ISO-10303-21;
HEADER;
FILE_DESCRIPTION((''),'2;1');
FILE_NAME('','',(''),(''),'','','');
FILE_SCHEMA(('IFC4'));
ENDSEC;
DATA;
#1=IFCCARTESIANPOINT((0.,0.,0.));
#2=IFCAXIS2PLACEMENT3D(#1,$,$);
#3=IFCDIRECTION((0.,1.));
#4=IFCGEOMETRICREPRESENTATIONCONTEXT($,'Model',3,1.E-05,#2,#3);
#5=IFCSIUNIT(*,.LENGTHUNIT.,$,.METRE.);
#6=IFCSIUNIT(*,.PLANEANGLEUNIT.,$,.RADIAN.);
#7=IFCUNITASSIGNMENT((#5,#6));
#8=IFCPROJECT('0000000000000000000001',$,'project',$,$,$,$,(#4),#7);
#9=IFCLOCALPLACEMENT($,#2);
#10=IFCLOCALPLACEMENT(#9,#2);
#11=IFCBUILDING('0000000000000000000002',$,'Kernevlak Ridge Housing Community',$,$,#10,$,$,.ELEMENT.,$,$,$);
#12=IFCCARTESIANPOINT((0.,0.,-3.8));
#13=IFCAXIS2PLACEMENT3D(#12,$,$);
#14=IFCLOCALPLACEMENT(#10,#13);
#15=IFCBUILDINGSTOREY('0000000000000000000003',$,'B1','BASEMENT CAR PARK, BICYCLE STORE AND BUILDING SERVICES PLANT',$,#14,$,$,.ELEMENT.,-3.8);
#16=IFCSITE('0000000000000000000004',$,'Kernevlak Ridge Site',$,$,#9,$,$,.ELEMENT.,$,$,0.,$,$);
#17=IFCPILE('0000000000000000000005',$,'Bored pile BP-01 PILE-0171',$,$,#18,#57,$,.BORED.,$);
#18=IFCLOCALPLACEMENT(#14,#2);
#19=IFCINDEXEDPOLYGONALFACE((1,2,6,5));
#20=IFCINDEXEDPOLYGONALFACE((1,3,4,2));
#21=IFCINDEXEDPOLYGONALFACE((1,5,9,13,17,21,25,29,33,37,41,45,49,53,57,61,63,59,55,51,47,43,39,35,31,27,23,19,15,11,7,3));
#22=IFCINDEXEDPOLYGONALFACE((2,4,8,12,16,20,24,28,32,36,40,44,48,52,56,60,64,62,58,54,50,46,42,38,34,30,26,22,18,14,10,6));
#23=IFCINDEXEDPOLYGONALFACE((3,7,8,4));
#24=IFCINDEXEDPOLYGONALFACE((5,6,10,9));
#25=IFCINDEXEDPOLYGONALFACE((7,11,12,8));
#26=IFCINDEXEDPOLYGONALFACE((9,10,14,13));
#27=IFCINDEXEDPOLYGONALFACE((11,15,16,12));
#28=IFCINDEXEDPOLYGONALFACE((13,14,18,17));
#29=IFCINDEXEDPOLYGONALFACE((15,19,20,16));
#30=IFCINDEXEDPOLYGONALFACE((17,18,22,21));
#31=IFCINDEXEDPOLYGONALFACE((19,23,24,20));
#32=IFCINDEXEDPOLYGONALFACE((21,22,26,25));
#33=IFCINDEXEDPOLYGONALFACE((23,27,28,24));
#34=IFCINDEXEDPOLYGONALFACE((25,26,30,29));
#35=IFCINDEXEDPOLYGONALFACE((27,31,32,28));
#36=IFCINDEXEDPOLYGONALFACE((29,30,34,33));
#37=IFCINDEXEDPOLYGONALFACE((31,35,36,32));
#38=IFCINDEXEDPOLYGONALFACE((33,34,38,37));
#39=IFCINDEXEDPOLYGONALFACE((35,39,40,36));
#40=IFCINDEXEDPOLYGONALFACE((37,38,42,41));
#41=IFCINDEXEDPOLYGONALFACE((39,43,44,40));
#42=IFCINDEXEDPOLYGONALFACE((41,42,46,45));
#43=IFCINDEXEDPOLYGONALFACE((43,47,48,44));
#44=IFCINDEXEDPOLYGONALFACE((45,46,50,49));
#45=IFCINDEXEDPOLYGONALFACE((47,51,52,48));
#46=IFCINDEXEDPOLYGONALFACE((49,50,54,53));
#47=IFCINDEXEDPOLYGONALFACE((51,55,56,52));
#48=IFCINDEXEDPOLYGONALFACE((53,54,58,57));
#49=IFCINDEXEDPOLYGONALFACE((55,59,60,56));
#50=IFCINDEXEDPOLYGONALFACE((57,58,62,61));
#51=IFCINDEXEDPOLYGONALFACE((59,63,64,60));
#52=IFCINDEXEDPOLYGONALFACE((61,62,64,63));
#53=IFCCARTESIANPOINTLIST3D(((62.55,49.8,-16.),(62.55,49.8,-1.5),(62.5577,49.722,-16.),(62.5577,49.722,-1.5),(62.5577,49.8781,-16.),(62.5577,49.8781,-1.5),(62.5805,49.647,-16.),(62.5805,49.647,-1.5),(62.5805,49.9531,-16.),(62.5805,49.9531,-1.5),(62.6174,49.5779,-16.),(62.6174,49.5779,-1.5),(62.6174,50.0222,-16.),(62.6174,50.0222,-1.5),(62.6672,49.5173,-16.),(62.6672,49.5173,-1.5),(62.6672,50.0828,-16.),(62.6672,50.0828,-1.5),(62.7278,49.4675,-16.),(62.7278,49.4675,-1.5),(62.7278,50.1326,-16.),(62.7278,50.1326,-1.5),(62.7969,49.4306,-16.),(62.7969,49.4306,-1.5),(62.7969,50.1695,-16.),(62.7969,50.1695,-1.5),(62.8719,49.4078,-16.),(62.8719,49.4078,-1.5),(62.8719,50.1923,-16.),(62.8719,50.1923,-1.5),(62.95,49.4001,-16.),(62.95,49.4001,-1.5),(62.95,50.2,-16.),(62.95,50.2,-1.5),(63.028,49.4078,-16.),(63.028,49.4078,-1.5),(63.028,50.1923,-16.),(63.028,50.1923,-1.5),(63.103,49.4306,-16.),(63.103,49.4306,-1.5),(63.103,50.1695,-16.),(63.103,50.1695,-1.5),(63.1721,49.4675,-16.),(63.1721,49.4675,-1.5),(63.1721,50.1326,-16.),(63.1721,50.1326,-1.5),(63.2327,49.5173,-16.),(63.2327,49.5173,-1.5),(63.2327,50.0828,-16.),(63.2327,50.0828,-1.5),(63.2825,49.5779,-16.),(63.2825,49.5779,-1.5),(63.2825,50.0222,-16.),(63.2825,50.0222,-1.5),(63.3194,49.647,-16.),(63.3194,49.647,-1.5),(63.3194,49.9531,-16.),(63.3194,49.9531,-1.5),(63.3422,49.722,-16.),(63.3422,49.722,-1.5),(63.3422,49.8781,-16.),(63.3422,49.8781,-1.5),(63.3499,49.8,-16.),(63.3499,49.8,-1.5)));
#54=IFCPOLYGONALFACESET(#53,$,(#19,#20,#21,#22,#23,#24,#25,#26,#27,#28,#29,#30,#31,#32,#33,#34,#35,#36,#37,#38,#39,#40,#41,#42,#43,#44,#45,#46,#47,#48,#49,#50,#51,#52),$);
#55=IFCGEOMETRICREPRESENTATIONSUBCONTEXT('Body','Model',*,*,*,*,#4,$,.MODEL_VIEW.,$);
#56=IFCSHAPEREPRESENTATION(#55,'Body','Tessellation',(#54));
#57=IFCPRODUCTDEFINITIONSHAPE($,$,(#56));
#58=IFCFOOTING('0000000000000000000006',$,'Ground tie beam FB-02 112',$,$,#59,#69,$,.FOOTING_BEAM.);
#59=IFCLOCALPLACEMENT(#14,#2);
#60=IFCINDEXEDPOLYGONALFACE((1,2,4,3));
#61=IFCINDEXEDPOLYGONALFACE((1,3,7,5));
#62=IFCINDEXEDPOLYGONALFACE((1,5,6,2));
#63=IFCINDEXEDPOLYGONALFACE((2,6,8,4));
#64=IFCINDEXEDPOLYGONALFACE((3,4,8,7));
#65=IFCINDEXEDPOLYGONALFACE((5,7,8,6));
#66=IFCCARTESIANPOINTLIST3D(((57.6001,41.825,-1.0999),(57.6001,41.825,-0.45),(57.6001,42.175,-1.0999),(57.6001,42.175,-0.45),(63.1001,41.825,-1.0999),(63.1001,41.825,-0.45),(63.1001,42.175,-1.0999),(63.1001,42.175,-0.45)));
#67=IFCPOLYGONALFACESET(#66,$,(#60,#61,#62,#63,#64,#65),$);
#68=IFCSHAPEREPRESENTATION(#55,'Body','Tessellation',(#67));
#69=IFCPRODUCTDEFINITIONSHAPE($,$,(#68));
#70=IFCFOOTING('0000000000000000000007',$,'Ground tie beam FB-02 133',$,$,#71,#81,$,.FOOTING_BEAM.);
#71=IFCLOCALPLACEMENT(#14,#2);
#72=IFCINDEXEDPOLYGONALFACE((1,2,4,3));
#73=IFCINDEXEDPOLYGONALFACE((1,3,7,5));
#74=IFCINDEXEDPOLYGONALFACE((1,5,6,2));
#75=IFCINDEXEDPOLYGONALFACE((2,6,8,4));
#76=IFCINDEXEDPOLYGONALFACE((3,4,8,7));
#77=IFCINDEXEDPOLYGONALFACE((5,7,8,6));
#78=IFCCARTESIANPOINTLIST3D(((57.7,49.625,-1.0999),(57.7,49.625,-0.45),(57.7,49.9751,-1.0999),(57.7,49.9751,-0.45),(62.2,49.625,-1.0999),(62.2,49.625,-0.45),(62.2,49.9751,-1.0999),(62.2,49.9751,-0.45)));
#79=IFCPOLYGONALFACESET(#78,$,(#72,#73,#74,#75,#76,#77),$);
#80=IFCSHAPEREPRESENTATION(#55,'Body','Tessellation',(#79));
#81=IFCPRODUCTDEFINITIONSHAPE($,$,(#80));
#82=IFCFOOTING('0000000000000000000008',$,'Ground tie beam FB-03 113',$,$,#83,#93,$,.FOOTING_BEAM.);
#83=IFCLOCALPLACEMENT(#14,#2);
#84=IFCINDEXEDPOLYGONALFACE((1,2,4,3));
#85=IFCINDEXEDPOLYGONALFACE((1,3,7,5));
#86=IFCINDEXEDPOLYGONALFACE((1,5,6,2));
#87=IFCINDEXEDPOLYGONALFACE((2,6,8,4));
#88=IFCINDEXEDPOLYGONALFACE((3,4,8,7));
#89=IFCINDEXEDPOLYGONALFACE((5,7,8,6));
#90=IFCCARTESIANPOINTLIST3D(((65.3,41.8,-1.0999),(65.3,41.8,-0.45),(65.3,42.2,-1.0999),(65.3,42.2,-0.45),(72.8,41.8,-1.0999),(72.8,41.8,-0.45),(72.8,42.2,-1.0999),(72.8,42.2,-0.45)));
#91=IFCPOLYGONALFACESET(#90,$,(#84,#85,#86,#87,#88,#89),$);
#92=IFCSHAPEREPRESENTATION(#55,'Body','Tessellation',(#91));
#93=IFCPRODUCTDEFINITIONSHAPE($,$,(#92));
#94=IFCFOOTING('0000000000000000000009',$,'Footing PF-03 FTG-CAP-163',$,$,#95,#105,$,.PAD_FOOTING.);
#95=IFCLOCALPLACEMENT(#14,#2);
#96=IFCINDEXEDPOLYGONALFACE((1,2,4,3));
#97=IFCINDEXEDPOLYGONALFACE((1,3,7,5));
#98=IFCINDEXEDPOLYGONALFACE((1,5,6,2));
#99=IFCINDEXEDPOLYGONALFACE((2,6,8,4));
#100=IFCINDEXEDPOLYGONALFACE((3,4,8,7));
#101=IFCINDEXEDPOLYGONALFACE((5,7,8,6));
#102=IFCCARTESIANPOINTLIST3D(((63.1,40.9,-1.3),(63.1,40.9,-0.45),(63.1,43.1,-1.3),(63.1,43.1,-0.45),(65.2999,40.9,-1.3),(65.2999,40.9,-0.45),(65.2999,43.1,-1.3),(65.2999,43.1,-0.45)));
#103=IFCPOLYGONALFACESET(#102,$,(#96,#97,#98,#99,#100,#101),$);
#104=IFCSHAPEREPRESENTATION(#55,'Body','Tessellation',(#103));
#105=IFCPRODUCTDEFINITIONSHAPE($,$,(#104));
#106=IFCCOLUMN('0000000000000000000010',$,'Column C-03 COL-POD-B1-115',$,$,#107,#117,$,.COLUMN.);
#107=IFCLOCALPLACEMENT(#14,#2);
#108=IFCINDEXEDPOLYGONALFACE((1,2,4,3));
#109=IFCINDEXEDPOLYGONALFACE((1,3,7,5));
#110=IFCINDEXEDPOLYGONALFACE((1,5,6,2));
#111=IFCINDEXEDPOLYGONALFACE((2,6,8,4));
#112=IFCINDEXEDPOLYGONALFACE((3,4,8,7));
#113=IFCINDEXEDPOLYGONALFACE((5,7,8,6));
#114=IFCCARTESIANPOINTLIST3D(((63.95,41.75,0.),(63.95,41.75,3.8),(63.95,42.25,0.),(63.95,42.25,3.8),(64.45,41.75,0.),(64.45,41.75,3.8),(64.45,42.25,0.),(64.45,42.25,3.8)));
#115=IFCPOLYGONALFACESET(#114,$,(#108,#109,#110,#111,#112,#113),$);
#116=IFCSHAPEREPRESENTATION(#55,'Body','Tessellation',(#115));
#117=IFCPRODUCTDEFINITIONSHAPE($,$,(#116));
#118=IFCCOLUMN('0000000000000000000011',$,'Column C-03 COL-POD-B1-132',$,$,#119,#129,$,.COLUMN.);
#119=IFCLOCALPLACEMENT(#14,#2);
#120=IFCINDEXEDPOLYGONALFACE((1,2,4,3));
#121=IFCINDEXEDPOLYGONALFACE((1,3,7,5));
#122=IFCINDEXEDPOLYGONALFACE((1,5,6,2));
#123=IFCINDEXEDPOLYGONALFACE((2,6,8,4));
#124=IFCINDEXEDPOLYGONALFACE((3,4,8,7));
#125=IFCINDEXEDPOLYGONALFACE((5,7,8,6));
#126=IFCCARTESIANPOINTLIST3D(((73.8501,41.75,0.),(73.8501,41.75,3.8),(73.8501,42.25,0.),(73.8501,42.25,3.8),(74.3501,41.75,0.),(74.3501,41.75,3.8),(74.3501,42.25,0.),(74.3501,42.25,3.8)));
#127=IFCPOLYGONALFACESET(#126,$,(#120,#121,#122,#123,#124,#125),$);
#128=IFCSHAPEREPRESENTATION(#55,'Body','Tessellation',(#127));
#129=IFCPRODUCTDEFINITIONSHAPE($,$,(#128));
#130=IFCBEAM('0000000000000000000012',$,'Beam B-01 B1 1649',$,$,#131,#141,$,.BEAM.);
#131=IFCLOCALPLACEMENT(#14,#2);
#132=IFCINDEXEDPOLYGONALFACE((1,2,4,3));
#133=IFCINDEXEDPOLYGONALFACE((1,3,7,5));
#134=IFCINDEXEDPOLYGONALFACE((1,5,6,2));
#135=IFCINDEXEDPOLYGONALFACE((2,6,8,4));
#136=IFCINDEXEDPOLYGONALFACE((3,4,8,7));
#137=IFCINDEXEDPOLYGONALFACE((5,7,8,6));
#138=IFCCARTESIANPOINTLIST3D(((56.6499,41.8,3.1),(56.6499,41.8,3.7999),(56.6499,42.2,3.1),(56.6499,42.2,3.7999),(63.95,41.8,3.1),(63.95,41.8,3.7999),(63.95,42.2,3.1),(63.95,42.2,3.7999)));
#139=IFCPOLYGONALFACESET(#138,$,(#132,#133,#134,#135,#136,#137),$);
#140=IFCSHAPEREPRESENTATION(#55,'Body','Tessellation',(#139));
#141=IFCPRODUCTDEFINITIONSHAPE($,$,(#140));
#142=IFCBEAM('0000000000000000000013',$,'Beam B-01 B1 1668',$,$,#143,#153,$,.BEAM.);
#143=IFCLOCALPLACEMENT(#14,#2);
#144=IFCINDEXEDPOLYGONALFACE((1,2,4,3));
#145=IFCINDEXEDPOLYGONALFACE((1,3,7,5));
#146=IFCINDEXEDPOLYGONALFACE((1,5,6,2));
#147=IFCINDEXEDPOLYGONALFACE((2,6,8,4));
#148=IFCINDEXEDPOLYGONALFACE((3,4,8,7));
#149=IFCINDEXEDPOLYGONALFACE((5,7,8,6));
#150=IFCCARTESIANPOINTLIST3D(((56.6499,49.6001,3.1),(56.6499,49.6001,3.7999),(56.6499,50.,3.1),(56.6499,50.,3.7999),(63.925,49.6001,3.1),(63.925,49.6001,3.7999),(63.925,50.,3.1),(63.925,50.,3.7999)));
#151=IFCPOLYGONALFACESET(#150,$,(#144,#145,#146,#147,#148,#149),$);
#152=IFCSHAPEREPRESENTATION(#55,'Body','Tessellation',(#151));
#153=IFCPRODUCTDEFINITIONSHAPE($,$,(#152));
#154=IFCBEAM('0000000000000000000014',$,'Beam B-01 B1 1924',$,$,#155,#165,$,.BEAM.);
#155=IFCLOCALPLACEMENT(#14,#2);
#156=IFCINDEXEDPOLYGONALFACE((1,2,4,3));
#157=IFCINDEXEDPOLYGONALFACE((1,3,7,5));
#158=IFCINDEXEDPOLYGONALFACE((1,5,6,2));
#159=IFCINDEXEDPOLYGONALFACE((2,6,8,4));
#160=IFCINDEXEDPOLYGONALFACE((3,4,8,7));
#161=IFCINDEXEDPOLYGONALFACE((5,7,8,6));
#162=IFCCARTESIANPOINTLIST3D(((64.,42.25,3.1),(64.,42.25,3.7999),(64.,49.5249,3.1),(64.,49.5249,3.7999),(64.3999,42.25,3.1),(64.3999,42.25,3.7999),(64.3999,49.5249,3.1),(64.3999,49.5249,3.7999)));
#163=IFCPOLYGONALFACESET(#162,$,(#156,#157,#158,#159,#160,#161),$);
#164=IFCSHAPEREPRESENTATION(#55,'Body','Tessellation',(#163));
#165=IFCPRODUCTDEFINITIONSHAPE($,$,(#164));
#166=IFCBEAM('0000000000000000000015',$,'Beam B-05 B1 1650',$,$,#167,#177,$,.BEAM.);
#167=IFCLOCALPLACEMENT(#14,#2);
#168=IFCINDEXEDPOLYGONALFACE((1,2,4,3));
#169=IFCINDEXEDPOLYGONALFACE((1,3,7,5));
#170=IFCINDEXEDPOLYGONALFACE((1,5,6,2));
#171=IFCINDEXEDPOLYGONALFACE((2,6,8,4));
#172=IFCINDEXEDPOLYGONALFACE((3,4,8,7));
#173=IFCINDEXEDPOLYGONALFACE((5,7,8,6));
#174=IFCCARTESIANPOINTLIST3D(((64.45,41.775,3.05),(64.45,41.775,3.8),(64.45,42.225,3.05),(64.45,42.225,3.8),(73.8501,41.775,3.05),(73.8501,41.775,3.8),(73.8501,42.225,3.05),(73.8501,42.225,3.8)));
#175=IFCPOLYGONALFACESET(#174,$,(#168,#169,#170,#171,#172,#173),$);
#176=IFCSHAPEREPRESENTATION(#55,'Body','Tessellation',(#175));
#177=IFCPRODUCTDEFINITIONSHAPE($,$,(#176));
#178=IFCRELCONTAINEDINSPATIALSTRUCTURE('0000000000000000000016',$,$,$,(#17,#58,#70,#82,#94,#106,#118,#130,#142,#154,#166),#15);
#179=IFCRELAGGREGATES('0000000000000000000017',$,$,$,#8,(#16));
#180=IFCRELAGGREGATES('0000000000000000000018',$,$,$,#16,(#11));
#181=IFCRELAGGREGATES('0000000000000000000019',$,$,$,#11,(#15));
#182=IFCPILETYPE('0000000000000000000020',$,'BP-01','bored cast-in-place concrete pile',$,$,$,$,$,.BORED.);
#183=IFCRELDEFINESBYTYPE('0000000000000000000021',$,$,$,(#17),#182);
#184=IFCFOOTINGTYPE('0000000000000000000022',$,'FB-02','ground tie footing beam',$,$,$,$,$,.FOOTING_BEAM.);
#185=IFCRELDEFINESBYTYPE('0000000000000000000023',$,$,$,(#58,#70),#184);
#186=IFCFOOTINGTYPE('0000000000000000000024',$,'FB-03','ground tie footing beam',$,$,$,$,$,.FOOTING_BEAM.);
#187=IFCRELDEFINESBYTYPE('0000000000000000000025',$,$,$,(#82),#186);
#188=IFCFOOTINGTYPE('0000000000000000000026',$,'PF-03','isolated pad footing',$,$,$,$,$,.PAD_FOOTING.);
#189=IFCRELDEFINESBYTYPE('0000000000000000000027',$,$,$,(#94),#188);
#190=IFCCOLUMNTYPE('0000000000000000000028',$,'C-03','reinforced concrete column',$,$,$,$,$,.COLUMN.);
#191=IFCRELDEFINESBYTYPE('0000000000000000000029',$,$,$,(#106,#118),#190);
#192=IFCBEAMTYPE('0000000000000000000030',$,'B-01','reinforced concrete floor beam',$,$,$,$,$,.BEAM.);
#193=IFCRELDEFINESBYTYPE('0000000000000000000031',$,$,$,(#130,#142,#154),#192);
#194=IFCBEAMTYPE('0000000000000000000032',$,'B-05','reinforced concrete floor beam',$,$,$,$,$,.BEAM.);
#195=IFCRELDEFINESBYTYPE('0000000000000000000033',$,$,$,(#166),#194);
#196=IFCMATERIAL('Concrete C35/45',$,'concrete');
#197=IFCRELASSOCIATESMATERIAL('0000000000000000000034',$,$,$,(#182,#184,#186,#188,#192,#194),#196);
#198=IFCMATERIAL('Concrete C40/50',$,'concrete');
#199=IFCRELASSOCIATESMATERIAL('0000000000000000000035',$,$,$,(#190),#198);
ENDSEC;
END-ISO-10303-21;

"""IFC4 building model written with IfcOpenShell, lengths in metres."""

from ifc_helpers import new_model, si_unit, direction, frame, origin, origin_2d, place, context, subcontext, project, spatial, rectangle, circle, extrude, material, material_profile, profile_set, type_object, element, save


model = new_model("IFC4")

# Units and contexts
model_context = context("Model", 3, precision=1e-05, world=origin(), true_north=direction((0.0, 1.0)))
body_context = subcontext(model_context, "Body", "Model", "MODEL_VIEW")
ifc_project = project(units=[si_unit("LENGTHUNIT", "METRE"), si_unit("PLANEANGLEUNIT", "RADIAN")], contexts=[model_context])

# Site, building, storey
site_placement = place(None, origin())
site = spatial("IfcSite", under=ifc_project, at=site_placement, Name="Kernevlak Ridge Site", CompositionType="ELEMENT", RefElevation=0.0)
building_placement = place(site_placement, origin())
building = spatial("IfcBuilding", under=site, at=building_placement, Name="Kernevlak Ridge Housing Community", CompositionType="ELEMENT")
storey_placement = place(building_placement, frame((0.0, 0.0, -3.8)))
storey = spatial("IfcBuildingStorey", under=building, at=storey_placement, Name="B1", Description="BASEMENT CAR PARK, BICYCLE STORE AND BUILDING SERVICES PLANT", CompositionType="ELEMENT", Elevation=-3.8)

# Pile
ifc_material_1 = material(Name="Concrete C35/45", Category="concrete")
ifc_material_profile_1 = material_profile(ifc_material_1, circle(Radius=0.3999, at=origin_2d()), Name="BORED PILE 800")
ifc_profile_set_1 = profile_set([ifc_material_profile_1], Name="Concrete C35/45")
pile_type = type_object("IfcPileType", Name="BP-01", Description="bored cast-in-place concrete pile", PredefinedType="BORED", material=ifc_profile_set_1)
pile_placement = place(storey_placement, frame((62.95, 49.8, -1.5), z_axis=(0.0, 0.0, -1.0), x_axis=(1.0, 0.0, 0.0)))
element("IfcPile", 1, at=pile_placement, inside=storey, type_object=pile_type, Name="Bored pile BP-01 PILE-0171", PredefinedType="BORED", context=body_context, shape_type="SweptSolid", body=[
    extrude(circle(Radius=0.3999, at=origin_2d()), origin(), (0.0, 0.0, 1.0), 14.5),
])

# Footings
ifc_material_profile_2 = material_profile(ifc_material_1, rectangle(XDim=0.3501, YDim=0.6499, at=origin_2d()), Name="RC 350x650")
ifc_profile_set_2 = profile_set([ifc_material_profile_2], Name="Concrete C35/45")
footing_type_1 = type_object("IfcFootingType", Name="FB-02", Description="ground tie footing beam", PredefinedType="FOOTING_BEAM", material=ifc_profile_set_2)
footing_1_placement = place(storey_placement, frame((57.6001, 42.0, -0.7749), z_axis=(1.0, 0.0, 0.0), x_axis=(0.0, 1.0, 0.0)))
element("IfcFooting", 2, at=footing_1_placement, inside=storey, type_object=footing_type_1, Name="Ground tie beam FB-02 112", PredefinedType="FOOTING_BEAM", context=body_context, shape_type="SweptSolid", body=[
    extrude(rectangle(XDim=0.3501, YDim=0.6499, at=origin_2d()), origin(), (0.0, 0.0, 1.0), 5.5),
])
footing_2_placement = place(storey_placement, frame((57.7, 49.8, -0.7749), z_axis=(1.0, 0.0, 0.0), x_axis=(0.0, 1.0, 0.0)))
element("IfcFooting", 3, at=footing_2_placement, inside=storey, type_object=footing_type_1, Name="Ground tie beam FB-02 133", PredefinedType="FOOTING_BEAM", context=body_context, shape_type="SweptSolid", body=[
    extrude(rectangle(XDim=0.3501, YDim=0.6499, at=origin_2d()), origin(), (0.0, 0.0, 1.0), 4.5),
])
ifc_material_profile_3 = material_profile(ifc_material_1, rectangle(XDim=0.3999, YDim=0.6499, at=origin_2d()), Name="RC 400x650")
ifc_profile_set_3 = profile_set([ifc_material_profile_3], Name="Concrete C35/45")
footing_type_2 = type_object("IfcFootingType", Name="FB-03", Description="ground tie footing beam", PredefinedType="FOOTING_BEAM", material=ifc_profile_set_3)
footing_3_placement = place(storey_placement, frame((65.3, 42.0, -0.7749), z_axis=(1.0, 0.0, 0.0), x_axis=(0.0, 1.0, 0.0)))
element("IfcFooting", 4, at=footing_3_placement, inside=storey, type_object=footing_type_2, Name="Ground tie beam FB-03 113", PredefinedType="FOOTING_BEAM", context=body_context, shape_type="SweptSolid", body=[
    extrude(rectangle(XDim=0.3999, YDim=0.6499, at=origin_2d()), origin(), (0.0, 0.0, 1.0), 7.5),
])
footing_type_3 = type_object("IfcFootingType", Name="PF-03", Description="isolated pad footing", PredefinedType="PAD_FOOTING", material=ifc_material_1)
footing_4_placement = place(storey_placement, frame((64.2, 42.0, -1.3), z_axis=(0.0, 0.0, 1.0), x_axis=(1.0, 0.0, 0.0)))
element("IfcFooting", 5, at=footing_4_placement, inside=storey, type_object=footing_type_3, Name="Footing PF-03 FTG-CAP-163", PredefinedType="PAD_FOOTING", context=body_context, shape_type="SweptSolid", body=[
    extrude(rectangle(XDim=2.2, YDim=2.2, at=origin_2d()), origin(), (0.0, 0.0, 1.0), 0.8501),
])

# Columns
ifc_material_2 = material(Name="Concrete C40/50", Category="concrete")
ifc_material_profile_4 = material_profile(ifc_material_2, rectangle(XDim=0.5, YDim=0.5, at=origin_2d()), Name="RC 500x500")
ifc_profile_set_4 = profile_set([ifc_material_profile_4], Name="Concrete C40/50")
column_type = type_object("IfcColumnType", Name="C-03", Description="reinforced concrete column", PredefinedType="COLUMN", material=ifc_profile_set_4)
for number, where, z_axis, x_axis, name in (
    (6, (64.2, 42.0, 0.0), (0.0, 0.0, 1.0), (1.0, 0.0, 0.0), "Column C-03 COL-POD-B1-115"),
    (7, (74.1001, 42.0, 0.0), (0.0, 0.0, 1.0), (1.0, 0.0, 0.0), "Column C-03 COL-POD-B1-132"),
):
    element("IfcColumn", number, at=place(storey_placement, frame(where, z_axis=z_axis, x_axis=x_axis)), inside=storey, type_object=column_type, Name=name, PredefinedType="COLUMN", context=body_context, shape_type="SweptSolid", body=[
        extrude(rectangle(XDim=0.5, YDim=0.5, at=origin_2d()), origin(), (0.0, 0.0, 1.0), 3.8),
    ])

# Beams
ifc_material_profile_5 = material_profile(ifc_material_1, rectangle(XDim=0.3999, YDim=0.7, at=origin_2d()), Name="RC 400x700")
ifc_profile_set_5 = profile_set([ifc_material_profile_5], Name="Concrete C35/45")
beam_type_1 = type_object("IfcBeamType", Name="B-01", Description="reinforced concrete floor beam", PredefinedType="BEAM", material=ifc_profile_set_5)
beam_1_placement = place(storey_placement, frame((56.6499, 42.0, 3.45), z_axis=(1.0, 0.0, 0.0), x_axis=(0.0, 1.0, 0.0)))
element("IfcBeam", 8, at=beam_1_placement, inside=storey, type_object=beam_type_1, Name="Beam B-01 B1 1649", PredefinedType="BEAM", context=body_context, shape_type="SweptSolid", body=[
    extrude(rectangle(XDim=0.3999, YDim=0.7, at=origin_2d()), origin(), (0.0, 0.0, 1.0), 7.3),
])
beam_2_placement = place(storey_placement, frame((56.6499, 49.8, 3.45), z_axis=(1.0, 0.0, 0.0), x_axis=(0.0, 1.0, 0.0)))
element("IfcBeam", 9, at=beam_2_placement, inside=storey, type_object=beam_type_1, Name="Beam B-01 B1 1668", PredefinedType="BEAM", context=body_context, shape_type="SweptSolid", body=[
    extrude(rectangle(XDim=0.3999, YDim=0.7, at=origin_2d()), origin(), (0.0, 0.0, 1.0), 7.2751),
])
beam_3_placement = place(storey_placement, frame((64.2, 42.25, 3.45), z_axis=(0.0, 1.0, 0.0), x_axis=(-1.0, 0.0, 0.0)))
element("IfcBeam", 10, at=beam_3_placement, inside=storey, type_object=beam_type_1, Name="Beam B-01 B1 1924", PredefinedType="BEAM", context=body_context, shape_type="SweptSolid", body=[
    extrude(rectangle(XDim=0.3999, YDim=0.7, at=origin_2d()), origin(), (0.0, 0.0, 1.0), 7.2749),
])
ifc_material_profile_6 = material_profile(ifc_material_1, rectangle(XDim=0.45, YDim=0.75, at=origin_2d()), Name="RC 450x750")
ifc_profile_set_6 = profile_set([ifc_material_profile_6], Name="Concrete C35/45")
beam_type_2 = type_object("IfcBeamType", Name="B-05", Description="reinforced concrete floor beam", PredefinedType="BEAM", material=ifc_profile_set_6)
beam_4_placement = place(storey_placement, frame((64.45, 42.0, 3.425), z_axis=(1.0, 0.0, 0.0), x_axis=(0.0, 1.0, 0.0)))
element("IfcBeam", 11, at=beam_4_placement, inside=storey, type_object=beam_type_2, Name="Beam B-05 B1 1650", PredefinedType="BEAM", context=body_context, shape_type="SweptSolid", body=[
    extrude(rectangle(XDim=0.45, YDim=0.75, at=origin_2d()), origin(), (0.0, 0.0, 1.0), 9.4001),
])

save(model, "model.ifc")
